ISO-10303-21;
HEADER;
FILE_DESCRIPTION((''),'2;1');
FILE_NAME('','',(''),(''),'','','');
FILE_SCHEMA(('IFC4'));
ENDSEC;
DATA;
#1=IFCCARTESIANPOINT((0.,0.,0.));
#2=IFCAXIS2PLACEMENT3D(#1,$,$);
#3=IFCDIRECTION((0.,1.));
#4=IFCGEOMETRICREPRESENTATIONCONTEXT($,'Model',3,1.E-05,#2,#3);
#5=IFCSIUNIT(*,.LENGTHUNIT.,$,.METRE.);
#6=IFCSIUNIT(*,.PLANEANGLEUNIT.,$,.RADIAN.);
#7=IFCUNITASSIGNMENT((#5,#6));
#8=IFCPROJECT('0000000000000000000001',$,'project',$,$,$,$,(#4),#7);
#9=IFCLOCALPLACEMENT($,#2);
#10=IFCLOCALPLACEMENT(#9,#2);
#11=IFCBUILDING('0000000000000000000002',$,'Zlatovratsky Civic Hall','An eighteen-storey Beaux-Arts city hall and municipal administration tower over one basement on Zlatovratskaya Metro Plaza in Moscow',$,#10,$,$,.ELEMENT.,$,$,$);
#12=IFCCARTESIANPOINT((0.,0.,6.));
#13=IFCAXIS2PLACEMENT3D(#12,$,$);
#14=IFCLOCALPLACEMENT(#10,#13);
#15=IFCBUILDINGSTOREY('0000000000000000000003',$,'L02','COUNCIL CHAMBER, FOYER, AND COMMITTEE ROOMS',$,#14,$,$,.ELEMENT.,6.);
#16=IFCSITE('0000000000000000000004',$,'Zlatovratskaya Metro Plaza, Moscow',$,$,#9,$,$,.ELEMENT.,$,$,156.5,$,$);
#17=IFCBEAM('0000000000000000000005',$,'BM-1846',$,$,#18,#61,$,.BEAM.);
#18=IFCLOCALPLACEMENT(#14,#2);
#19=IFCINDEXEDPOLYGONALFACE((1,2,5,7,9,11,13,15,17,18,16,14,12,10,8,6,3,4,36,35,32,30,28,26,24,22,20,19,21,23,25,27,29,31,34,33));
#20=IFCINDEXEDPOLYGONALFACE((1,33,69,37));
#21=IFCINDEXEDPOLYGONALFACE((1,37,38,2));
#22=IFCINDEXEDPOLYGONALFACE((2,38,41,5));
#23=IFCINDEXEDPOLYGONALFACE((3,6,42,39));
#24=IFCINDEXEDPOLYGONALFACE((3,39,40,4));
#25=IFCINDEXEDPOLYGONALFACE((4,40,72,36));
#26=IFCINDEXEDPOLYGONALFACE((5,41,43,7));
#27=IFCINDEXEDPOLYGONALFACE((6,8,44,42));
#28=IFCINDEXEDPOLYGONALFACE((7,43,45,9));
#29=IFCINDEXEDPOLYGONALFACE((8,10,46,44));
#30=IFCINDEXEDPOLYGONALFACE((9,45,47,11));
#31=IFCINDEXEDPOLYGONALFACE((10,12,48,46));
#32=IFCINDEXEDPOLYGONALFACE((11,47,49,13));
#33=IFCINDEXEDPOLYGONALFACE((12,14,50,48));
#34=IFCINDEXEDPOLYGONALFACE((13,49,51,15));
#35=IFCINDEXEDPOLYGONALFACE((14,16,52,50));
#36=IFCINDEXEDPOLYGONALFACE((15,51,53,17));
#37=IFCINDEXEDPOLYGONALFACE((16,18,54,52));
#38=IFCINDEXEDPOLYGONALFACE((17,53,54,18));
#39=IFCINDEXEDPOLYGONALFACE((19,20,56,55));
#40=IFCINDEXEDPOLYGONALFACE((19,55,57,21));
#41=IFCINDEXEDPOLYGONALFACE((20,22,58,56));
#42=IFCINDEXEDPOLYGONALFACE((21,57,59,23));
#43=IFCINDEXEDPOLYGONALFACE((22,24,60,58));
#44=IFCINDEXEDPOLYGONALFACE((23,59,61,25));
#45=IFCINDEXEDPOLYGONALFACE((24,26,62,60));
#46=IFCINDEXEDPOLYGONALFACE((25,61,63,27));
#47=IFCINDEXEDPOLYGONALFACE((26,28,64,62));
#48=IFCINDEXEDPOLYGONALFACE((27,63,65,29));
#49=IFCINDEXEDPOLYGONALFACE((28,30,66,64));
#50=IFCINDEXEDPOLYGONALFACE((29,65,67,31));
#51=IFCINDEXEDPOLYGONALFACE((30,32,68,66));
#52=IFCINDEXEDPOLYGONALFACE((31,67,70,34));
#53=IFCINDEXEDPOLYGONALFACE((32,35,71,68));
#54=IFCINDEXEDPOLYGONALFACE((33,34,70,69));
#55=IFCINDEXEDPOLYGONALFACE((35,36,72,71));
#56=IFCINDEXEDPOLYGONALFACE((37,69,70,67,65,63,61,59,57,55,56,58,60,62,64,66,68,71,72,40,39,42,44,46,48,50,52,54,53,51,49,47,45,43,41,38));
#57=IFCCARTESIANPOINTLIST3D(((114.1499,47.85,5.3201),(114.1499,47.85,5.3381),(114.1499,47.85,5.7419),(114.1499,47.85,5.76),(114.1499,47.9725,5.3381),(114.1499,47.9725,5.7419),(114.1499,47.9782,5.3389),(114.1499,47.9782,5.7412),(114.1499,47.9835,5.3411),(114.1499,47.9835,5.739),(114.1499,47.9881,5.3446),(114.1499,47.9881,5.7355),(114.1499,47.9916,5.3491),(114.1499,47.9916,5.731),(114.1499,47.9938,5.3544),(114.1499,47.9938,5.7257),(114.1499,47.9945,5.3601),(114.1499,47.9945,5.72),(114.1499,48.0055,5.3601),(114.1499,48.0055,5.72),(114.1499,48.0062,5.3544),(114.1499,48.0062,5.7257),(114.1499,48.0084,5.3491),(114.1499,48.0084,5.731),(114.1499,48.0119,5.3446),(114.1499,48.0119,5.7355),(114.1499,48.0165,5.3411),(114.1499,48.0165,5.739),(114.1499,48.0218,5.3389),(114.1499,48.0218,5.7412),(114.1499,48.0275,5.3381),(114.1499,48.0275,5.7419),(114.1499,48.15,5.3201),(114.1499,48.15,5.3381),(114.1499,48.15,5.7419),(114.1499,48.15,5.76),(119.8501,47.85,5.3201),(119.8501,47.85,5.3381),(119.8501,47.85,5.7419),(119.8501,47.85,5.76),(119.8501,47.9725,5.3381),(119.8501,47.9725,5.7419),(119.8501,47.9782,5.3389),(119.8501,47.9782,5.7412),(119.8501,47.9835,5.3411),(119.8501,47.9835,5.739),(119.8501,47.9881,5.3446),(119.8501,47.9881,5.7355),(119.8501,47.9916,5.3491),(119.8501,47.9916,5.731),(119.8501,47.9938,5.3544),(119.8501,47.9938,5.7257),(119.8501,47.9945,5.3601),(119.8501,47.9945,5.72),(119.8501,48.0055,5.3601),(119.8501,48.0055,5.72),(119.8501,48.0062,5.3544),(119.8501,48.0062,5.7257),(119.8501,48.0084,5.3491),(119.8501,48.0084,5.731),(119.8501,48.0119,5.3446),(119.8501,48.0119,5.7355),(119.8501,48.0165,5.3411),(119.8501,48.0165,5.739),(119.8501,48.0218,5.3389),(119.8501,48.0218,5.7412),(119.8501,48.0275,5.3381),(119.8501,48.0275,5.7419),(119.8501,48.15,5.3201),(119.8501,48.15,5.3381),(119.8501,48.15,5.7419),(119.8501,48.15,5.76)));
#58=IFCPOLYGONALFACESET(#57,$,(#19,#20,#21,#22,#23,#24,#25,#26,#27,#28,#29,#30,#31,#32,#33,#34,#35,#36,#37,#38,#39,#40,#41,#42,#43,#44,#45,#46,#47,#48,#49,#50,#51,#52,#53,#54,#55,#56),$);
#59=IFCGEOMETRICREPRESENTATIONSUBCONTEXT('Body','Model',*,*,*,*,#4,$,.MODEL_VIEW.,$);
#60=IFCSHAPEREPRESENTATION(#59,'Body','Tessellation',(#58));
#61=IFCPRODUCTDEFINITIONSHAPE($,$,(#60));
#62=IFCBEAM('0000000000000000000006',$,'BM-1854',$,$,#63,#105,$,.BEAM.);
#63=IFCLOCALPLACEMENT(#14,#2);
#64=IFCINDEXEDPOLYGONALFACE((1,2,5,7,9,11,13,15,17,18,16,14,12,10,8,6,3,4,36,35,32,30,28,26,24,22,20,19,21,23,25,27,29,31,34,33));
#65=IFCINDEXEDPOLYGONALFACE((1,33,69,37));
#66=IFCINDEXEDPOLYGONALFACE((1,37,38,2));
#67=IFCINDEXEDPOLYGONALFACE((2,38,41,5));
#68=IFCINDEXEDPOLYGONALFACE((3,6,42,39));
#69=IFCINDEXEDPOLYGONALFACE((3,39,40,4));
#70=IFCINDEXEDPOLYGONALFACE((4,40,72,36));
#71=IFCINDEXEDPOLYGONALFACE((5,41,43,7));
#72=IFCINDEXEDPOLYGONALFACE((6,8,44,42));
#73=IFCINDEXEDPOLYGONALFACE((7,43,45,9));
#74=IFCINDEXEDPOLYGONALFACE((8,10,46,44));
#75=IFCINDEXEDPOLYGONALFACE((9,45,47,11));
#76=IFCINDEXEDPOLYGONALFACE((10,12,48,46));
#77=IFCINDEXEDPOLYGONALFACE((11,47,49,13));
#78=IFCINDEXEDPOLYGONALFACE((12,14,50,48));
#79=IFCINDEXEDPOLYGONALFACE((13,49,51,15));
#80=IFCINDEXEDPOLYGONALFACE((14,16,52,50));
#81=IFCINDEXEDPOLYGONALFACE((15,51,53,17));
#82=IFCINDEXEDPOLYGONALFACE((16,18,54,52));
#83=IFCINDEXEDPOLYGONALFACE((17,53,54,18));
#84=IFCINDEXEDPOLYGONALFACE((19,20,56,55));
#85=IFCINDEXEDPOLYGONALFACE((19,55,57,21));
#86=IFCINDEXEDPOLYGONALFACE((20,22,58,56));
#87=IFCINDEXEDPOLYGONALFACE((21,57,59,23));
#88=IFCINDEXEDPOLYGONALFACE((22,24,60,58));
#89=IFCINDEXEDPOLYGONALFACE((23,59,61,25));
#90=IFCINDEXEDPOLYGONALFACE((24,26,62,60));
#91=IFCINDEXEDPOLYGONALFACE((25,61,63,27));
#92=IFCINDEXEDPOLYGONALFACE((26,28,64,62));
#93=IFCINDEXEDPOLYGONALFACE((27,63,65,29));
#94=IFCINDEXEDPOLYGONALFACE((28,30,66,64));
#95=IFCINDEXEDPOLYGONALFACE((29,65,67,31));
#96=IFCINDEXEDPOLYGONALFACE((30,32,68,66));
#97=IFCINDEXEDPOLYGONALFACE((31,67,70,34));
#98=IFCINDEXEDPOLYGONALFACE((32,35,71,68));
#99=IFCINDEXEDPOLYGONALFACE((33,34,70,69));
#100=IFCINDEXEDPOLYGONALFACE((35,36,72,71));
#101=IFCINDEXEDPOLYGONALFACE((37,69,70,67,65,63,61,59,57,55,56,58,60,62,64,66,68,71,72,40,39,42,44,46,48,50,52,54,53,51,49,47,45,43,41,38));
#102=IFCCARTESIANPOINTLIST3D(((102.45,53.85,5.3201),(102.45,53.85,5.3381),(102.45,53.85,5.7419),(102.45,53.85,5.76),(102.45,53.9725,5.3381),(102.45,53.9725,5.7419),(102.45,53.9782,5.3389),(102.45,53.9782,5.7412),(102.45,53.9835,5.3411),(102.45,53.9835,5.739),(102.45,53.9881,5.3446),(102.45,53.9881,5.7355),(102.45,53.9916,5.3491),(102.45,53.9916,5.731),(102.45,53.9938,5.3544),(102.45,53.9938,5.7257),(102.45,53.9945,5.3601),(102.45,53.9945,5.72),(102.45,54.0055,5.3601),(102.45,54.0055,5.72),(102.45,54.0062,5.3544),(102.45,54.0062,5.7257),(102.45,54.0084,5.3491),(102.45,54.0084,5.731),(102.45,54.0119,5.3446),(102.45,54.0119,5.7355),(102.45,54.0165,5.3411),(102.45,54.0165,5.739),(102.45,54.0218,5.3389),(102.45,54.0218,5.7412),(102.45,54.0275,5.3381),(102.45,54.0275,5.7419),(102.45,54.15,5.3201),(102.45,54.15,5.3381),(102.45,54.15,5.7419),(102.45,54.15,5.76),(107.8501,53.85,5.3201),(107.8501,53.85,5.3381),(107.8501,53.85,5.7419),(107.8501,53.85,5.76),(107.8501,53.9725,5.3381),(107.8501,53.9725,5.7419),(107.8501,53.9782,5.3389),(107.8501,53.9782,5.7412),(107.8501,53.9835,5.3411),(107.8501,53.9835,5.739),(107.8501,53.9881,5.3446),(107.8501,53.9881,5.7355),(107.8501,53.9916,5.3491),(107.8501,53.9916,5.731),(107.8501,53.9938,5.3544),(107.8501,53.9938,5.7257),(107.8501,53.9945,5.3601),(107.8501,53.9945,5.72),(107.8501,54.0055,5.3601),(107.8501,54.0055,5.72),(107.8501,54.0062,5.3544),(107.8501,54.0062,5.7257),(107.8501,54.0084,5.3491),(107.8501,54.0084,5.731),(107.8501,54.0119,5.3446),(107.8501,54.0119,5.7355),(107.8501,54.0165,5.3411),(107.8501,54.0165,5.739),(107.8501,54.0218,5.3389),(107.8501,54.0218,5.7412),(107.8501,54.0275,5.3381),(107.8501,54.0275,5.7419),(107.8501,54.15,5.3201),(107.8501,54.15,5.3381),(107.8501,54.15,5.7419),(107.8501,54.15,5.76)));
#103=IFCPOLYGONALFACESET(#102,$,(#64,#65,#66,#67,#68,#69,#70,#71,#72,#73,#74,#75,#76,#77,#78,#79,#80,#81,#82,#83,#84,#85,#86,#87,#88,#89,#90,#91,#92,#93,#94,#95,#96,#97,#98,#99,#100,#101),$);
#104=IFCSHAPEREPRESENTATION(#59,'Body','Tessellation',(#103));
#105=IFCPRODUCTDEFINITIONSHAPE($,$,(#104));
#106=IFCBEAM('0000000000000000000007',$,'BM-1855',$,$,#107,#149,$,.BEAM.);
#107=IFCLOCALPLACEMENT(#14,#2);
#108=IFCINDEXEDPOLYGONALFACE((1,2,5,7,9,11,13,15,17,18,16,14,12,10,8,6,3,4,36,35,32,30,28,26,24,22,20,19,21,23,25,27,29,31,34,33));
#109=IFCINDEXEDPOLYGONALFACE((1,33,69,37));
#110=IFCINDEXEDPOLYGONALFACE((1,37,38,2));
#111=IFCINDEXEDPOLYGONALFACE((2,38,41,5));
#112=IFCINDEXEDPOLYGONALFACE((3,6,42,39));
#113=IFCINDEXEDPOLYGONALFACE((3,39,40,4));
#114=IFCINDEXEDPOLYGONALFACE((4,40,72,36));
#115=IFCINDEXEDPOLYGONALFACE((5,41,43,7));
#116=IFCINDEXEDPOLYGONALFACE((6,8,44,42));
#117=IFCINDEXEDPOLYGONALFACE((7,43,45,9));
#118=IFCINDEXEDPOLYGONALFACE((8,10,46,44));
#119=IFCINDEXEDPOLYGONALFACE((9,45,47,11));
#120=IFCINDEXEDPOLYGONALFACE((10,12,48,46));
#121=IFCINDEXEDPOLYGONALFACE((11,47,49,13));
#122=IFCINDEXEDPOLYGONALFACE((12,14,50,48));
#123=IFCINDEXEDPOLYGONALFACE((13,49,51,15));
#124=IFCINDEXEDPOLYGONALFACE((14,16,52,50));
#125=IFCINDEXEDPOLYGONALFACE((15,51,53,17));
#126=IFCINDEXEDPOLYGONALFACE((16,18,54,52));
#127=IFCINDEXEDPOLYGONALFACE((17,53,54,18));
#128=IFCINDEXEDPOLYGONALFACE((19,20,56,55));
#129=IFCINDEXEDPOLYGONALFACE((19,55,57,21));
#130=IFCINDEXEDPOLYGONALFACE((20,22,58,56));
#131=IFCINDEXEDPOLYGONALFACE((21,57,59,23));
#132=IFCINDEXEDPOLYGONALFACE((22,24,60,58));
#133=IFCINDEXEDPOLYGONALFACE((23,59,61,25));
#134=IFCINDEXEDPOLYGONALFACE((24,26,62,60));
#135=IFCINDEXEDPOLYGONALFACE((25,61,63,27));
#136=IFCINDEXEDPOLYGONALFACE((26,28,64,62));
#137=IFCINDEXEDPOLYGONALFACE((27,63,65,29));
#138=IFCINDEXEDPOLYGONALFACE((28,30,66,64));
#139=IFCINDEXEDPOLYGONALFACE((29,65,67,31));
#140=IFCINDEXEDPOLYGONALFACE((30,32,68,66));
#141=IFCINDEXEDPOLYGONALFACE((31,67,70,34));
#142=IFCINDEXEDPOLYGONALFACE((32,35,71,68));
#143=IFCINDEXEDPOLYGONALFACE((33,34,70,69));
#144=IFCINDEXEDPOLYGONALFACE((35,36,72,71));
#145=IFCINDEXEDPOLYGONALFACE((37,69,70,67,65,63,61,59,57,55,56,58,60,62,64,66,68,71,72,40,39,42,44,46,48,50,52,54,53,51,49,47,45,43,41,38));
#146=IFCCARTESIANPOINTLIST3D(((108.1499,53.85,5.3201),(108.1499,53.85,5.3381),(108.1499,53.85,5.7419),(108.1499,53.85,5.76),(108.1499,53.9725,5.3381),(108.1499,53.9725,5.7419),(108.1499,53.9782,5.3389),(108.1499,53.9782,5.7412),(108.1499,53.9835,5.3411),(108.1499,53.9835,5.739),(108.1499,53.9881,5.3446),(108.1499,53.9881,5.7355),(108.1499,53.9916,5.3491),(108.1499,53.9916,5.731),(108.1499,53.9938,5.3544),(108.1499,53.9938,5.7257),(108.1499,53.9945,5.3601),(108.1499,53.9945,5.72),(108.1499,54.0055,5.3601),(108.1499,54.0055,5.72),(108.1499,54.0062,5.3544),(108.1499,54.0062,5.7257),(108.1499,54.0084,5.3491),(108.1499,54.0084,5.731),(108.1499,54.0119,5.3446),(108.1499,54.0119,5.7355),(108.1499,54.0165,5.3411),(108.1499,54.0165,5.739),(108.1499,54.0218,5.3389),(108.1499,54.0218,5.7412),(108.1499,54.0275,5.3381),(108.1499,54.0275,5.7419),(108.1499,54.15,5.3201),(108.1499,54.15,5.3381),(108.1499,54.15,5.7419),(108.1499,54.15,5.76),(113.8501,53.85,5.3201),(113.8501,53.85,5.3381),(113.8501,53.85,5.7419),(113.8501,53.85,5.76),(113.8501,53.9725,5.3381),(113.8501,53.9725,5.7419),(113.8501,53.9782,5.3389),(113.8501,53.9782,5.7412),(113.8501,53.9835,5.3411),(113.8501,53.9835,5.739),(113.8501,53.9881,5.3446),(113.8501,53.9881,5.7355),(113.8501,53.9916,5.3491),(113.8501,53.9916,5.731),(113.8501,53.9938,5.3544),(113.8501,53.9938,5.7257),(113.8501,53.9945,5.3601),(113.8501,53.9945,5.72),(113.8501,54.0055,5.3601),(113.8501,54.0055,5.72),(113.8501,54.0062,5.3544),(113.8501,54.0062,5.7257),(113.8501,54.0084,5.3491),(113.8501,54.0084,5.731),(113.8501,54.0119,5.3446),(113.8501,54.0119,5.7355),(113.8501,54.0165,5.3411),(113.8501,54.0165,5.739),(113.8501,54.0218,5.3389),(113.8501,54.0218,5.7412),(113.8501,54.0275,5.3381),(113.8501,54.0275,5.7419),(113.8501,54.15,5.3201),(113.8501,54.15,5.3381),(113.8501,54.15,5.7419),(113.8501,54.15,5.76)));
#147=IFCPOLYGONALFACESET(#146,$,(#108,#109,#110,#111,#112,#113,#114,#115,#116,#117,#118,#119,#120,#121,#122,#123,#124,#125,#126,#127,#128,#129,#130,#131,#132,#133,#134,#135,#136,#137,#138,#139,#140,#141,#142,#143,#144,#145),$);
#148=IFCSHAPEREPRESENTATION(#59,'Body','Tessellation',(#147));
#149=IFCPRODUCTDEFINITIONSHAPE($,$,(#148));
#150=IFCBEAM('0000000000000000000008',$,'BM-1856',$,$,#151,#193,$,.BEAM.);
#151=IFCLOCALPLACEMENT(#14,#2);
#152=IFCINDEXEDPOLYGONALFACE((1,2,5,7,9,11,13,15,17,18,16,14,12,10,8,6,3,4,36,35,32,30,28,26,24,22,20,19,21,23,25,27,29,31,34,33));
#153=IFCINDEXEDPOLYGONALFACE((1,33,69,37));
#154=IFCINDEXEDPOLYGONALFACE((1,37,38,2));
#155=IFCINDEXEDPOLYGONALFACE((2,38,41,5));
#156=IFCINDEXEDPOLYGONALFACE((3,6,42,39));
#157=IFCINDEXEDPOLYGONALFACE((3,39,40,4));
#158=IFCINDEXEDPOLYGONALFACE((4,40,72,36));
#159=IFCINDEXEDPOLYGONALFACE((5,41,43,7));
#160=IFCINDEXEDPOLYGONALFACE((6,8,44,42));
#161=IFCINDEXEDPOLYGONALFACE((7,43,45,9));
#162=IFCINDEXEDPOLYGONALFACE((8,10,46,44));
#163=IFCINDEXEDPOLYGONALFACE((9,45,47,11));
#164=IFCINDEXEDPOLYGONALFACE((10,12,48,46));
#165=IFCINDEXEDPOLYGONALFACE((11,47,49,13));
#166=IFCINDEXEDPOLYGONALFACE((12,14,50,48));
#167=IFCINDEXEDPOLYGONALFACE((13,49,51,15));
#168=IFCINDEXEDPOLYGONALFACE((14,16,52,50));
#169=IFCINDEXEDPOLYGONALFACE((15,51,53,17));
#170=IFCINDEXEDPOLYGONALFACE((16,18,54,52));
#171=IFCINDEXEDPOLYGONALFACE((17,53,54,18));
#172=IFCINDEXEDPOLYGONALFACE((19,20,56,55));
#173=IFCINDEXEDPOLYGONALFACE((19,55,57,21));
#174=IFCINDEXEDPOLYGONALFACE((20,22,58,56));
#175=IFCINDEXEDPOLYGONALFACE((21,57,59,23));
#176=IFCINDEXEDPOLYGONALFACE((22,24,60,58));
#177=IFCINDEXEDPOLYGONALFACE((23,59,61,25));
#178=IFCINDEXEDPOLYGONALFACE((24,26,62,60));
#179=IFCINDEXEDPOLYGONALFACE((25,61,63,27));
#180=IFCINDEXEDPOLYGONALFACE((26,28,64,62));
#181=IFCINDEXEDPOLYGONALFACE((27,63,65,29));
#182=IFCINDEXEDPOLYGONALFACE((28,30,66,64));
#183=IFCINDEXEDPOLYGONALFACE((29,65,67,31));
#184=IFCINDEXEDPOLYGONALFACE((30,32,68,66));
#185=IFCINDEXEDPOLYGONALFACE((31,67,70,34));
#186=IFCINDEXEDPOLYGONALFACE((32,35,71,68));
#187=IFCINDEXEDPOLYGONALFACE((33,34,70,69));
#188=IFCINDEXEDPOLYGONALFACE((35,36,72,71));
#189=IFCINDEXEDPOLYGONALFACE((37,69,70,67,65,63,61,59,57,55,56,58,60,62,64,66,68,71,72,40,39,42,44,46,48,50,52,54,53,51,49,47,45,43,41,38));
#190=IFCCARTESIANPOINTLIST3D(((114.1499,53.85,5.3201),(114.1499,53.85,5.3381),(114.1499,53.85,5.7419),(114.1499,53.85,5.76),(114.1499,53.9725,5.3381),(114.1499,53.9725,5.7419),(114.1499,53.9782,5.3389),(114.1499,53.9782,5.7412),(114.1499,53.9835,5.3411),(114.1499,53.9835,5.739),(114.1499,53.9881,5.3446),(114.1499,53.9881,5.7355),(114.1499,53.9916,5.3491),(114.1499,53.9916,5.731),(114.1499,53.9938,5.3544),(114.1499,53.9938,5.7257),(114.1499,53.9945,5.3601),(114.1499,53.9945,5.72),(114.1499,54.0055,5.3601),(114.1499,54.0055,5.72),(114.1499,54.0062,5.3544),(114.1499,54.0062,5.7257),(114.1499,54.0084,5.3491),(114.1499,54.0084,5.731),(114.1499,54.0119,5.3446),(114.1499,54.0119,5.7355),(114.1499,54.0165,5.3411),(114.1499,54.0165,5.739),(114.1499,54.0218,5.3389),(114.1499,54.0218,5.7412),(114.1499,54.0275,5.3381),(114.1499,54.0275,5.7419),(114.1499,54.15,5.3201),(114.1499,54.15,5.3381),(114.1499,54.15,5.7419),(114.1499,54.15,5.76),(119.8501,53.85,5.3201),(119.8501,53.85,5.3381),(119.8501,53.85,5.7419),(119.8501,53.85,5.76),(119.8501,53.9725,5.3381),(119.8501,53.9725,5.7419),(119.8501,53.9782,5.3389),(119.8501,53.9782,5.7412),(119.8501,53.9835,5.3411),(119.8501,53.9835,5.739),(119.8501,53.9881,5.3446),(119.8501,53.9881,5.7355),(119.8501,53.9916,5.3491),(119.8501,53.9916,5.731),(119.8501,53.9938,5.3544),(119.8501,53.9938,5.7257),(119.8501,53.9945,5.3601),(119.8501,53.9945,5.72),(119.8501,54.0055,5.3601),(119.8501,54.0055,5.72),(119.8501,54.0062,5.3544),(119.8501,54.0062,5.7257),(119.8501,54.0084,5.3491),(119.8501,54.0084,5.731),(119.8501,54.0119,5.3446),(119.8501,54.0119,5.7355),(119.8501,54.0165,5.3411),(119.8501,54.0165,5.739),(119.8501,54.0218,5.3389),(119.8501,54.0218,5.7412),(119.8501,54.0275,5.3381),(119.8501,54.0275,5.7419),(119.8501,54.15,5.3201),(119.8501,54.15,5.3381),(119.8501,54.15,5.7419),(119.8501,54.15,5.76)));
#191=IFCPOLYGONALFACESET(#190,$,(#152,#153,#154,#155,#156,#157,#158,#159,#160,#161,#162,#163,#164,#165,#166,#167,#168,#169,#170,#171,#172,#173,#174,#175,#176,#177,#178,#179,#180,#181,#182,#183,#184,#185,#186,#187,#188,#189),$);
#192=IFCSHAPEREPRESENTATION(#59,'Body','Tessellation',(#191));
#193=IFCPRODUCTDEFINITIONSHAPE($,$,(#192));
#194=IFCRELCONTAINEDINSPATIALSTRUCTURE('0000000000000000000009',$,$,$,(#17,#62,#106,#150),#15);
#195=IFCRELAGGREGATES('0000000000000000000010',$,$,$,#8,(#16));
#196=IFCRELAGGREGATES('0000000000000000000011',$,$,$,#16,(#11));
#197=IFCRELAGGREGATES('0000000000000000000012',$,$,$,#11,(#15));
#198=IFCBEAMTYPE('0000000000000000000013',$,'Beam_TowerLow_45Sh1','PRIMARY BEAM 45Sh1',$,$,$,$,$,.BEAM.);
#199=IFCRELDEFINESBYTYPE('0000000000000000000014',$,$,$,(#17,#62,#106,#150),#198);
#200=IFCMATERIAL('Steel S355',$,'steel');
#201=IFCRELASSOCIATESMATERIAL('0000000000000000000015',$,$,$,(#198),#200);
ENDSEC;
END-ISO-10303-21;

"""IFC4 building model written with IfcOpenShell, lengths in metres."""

from ifc_helpers import new_model, si_unit, direction, frame, origin, origin_2d, place, context, subcontext, project, spatial, i_section, extrude, material, material_profile, profile_set, type_object, element, save


model = new_model("IFC4")

# Units and contexts
model_context = context("Model", 3, precision=1e-05, world=origin(), true_north=direction((0.0, 1.0)))
body_context = subcontext(model_context, "Body", "Model", "MODEL_VIEW")
ifc_project = project(units=[si_unit("LENGTHUNIT", "METRE"), si_unit("PLANEANGLEUNIT", "RADIAN")], contexts=[model_context])

# Site, building, storey
site_placement = place(None, origin())
site = spatial("IfcSite", under=ifc_project, at=site_placement, Name="Zlatovratskaya Metro Plaza, Moscow", CompositionType="ELEMENT", RefElevation=156.5)
building_placement = place(site_placement, origin())
building = spatial("IfcBuilding", under=site, at=building_placement, Name="Zlatovratsky Civic Hall", Description="An eighteen-storey Beaux-Arts city hall and municipal administration tower over one basement on Zlatovratskaya Metro Plaza in Moscow", CompositionType="ELEMENT")
storey_placement = place(building_placement, frame((0.0, 0.0, 6.0)))
storey = spatial("IfcBuildingStorey", under=building, at=storey_placement, Name="L02", Description="COUNCIL CHAMBER, FOYER, AND COMMITTEE ROOMS", CompositionType="ELEMENT", Elevation=6.0)

# Shared definitions
ifc_material_1 = material(Name="Steel S355", Category="steel")

# Beams
ifc_material_profile_1 = material_profile(ifc_material_1, i_section(OverallWidth=0.3, OverallDepth=0.4399, WebThickness=0.011, FlangeThickness=0.0181, FilletRadius=0.022, at=origin_2d()), Name="45Sh1")
ifc_profile_set_1 = profile_set([ifc_material_profile_1], Name="Steel S355")
beam_type = type_object("IfcBeamType", Name="Beam_TowerLow_45Sh1", Description="PRIMARY BEAM 45Sh1", PredefinedType="BEAM", material=ifc_profile_set_1)
for number, where, z_axis, x_axis, name in (
    (1, (114.1499, 48.0, 5.54), (1.0, 0.0, 0.0), (0.0, 1.0, 0.0), "BM-1846"),
):
    element("IfcBeam", number, at=place(storey_placement, frame(where, z_axis=z_axis, x_axis=x_axis)), inside=storey, type_object=beam_type, Name=name, PredefinedType="BEAM", context=body_context, shape_type="SweptSolid", body=[
        extrude(i_section(OverallWidth=0.3, OverallDepth=0.4399, WebThickness=0.011, FlangeThickness=0.0181, FilletRadius=0.022, at=origin_2d()), origin(), (0.0, 0.0, 1.0), 5.7002),
    ])
beam_1_placement = place(storey_placement, frame((102.45, 54.0, 5.54), z_axis=(1.0, 0.0, 0.0), x_axis=(0.0, 1.0, 0.0)))
element("IfcBeam", 2, at=beam_1_placement, inside=storey, type_object=beam_type, Name="BM-1854", PredefinedType="BEAM", context=body_context, shape_type="SweptSolid", body=[
    extrude(i_section(OverallWidth=0.3, OverallDepth=0.4399, WebThickness=0.011, FlangeThickness=0.0181, FilletRadius=0.022, at=origin_2d()), origin(), (0.0, 0.0, 1.0), 5.4001),
])
for number, where, z_axis, x_axis, name in (
    (3, (108.1499, 54.0, 5.54), (1.0, 0.0, 0.0), (0.0, 1.0, 0.0), "BM-1855"),
    (4, (114.1499, 54.0, 5.54), (1.0, 0.0, 0.0), (0.0, 1.0, 0.0), "BM-1856"),
):
    element("IfcBeam", number, at=place(storey_placement, frame(where, z_axis=z_axis, x_axis=x_axis)), inside=storey, type_object=beam_type, Name=name, PredefinedType="BEAM", context=body_context, shape_type="SweptSolid", body=[
        extrude(i_section(OverallWidth=0.3, OverallDepth=0.4399, WebThickness=0.011, FlangeThickness=0.0181, FilletRadius=0.022, at=origin_2d()), origin(), (0.0, 0.0, 1.0), 5.7002),
    ])

save(model, "model.ifc")
